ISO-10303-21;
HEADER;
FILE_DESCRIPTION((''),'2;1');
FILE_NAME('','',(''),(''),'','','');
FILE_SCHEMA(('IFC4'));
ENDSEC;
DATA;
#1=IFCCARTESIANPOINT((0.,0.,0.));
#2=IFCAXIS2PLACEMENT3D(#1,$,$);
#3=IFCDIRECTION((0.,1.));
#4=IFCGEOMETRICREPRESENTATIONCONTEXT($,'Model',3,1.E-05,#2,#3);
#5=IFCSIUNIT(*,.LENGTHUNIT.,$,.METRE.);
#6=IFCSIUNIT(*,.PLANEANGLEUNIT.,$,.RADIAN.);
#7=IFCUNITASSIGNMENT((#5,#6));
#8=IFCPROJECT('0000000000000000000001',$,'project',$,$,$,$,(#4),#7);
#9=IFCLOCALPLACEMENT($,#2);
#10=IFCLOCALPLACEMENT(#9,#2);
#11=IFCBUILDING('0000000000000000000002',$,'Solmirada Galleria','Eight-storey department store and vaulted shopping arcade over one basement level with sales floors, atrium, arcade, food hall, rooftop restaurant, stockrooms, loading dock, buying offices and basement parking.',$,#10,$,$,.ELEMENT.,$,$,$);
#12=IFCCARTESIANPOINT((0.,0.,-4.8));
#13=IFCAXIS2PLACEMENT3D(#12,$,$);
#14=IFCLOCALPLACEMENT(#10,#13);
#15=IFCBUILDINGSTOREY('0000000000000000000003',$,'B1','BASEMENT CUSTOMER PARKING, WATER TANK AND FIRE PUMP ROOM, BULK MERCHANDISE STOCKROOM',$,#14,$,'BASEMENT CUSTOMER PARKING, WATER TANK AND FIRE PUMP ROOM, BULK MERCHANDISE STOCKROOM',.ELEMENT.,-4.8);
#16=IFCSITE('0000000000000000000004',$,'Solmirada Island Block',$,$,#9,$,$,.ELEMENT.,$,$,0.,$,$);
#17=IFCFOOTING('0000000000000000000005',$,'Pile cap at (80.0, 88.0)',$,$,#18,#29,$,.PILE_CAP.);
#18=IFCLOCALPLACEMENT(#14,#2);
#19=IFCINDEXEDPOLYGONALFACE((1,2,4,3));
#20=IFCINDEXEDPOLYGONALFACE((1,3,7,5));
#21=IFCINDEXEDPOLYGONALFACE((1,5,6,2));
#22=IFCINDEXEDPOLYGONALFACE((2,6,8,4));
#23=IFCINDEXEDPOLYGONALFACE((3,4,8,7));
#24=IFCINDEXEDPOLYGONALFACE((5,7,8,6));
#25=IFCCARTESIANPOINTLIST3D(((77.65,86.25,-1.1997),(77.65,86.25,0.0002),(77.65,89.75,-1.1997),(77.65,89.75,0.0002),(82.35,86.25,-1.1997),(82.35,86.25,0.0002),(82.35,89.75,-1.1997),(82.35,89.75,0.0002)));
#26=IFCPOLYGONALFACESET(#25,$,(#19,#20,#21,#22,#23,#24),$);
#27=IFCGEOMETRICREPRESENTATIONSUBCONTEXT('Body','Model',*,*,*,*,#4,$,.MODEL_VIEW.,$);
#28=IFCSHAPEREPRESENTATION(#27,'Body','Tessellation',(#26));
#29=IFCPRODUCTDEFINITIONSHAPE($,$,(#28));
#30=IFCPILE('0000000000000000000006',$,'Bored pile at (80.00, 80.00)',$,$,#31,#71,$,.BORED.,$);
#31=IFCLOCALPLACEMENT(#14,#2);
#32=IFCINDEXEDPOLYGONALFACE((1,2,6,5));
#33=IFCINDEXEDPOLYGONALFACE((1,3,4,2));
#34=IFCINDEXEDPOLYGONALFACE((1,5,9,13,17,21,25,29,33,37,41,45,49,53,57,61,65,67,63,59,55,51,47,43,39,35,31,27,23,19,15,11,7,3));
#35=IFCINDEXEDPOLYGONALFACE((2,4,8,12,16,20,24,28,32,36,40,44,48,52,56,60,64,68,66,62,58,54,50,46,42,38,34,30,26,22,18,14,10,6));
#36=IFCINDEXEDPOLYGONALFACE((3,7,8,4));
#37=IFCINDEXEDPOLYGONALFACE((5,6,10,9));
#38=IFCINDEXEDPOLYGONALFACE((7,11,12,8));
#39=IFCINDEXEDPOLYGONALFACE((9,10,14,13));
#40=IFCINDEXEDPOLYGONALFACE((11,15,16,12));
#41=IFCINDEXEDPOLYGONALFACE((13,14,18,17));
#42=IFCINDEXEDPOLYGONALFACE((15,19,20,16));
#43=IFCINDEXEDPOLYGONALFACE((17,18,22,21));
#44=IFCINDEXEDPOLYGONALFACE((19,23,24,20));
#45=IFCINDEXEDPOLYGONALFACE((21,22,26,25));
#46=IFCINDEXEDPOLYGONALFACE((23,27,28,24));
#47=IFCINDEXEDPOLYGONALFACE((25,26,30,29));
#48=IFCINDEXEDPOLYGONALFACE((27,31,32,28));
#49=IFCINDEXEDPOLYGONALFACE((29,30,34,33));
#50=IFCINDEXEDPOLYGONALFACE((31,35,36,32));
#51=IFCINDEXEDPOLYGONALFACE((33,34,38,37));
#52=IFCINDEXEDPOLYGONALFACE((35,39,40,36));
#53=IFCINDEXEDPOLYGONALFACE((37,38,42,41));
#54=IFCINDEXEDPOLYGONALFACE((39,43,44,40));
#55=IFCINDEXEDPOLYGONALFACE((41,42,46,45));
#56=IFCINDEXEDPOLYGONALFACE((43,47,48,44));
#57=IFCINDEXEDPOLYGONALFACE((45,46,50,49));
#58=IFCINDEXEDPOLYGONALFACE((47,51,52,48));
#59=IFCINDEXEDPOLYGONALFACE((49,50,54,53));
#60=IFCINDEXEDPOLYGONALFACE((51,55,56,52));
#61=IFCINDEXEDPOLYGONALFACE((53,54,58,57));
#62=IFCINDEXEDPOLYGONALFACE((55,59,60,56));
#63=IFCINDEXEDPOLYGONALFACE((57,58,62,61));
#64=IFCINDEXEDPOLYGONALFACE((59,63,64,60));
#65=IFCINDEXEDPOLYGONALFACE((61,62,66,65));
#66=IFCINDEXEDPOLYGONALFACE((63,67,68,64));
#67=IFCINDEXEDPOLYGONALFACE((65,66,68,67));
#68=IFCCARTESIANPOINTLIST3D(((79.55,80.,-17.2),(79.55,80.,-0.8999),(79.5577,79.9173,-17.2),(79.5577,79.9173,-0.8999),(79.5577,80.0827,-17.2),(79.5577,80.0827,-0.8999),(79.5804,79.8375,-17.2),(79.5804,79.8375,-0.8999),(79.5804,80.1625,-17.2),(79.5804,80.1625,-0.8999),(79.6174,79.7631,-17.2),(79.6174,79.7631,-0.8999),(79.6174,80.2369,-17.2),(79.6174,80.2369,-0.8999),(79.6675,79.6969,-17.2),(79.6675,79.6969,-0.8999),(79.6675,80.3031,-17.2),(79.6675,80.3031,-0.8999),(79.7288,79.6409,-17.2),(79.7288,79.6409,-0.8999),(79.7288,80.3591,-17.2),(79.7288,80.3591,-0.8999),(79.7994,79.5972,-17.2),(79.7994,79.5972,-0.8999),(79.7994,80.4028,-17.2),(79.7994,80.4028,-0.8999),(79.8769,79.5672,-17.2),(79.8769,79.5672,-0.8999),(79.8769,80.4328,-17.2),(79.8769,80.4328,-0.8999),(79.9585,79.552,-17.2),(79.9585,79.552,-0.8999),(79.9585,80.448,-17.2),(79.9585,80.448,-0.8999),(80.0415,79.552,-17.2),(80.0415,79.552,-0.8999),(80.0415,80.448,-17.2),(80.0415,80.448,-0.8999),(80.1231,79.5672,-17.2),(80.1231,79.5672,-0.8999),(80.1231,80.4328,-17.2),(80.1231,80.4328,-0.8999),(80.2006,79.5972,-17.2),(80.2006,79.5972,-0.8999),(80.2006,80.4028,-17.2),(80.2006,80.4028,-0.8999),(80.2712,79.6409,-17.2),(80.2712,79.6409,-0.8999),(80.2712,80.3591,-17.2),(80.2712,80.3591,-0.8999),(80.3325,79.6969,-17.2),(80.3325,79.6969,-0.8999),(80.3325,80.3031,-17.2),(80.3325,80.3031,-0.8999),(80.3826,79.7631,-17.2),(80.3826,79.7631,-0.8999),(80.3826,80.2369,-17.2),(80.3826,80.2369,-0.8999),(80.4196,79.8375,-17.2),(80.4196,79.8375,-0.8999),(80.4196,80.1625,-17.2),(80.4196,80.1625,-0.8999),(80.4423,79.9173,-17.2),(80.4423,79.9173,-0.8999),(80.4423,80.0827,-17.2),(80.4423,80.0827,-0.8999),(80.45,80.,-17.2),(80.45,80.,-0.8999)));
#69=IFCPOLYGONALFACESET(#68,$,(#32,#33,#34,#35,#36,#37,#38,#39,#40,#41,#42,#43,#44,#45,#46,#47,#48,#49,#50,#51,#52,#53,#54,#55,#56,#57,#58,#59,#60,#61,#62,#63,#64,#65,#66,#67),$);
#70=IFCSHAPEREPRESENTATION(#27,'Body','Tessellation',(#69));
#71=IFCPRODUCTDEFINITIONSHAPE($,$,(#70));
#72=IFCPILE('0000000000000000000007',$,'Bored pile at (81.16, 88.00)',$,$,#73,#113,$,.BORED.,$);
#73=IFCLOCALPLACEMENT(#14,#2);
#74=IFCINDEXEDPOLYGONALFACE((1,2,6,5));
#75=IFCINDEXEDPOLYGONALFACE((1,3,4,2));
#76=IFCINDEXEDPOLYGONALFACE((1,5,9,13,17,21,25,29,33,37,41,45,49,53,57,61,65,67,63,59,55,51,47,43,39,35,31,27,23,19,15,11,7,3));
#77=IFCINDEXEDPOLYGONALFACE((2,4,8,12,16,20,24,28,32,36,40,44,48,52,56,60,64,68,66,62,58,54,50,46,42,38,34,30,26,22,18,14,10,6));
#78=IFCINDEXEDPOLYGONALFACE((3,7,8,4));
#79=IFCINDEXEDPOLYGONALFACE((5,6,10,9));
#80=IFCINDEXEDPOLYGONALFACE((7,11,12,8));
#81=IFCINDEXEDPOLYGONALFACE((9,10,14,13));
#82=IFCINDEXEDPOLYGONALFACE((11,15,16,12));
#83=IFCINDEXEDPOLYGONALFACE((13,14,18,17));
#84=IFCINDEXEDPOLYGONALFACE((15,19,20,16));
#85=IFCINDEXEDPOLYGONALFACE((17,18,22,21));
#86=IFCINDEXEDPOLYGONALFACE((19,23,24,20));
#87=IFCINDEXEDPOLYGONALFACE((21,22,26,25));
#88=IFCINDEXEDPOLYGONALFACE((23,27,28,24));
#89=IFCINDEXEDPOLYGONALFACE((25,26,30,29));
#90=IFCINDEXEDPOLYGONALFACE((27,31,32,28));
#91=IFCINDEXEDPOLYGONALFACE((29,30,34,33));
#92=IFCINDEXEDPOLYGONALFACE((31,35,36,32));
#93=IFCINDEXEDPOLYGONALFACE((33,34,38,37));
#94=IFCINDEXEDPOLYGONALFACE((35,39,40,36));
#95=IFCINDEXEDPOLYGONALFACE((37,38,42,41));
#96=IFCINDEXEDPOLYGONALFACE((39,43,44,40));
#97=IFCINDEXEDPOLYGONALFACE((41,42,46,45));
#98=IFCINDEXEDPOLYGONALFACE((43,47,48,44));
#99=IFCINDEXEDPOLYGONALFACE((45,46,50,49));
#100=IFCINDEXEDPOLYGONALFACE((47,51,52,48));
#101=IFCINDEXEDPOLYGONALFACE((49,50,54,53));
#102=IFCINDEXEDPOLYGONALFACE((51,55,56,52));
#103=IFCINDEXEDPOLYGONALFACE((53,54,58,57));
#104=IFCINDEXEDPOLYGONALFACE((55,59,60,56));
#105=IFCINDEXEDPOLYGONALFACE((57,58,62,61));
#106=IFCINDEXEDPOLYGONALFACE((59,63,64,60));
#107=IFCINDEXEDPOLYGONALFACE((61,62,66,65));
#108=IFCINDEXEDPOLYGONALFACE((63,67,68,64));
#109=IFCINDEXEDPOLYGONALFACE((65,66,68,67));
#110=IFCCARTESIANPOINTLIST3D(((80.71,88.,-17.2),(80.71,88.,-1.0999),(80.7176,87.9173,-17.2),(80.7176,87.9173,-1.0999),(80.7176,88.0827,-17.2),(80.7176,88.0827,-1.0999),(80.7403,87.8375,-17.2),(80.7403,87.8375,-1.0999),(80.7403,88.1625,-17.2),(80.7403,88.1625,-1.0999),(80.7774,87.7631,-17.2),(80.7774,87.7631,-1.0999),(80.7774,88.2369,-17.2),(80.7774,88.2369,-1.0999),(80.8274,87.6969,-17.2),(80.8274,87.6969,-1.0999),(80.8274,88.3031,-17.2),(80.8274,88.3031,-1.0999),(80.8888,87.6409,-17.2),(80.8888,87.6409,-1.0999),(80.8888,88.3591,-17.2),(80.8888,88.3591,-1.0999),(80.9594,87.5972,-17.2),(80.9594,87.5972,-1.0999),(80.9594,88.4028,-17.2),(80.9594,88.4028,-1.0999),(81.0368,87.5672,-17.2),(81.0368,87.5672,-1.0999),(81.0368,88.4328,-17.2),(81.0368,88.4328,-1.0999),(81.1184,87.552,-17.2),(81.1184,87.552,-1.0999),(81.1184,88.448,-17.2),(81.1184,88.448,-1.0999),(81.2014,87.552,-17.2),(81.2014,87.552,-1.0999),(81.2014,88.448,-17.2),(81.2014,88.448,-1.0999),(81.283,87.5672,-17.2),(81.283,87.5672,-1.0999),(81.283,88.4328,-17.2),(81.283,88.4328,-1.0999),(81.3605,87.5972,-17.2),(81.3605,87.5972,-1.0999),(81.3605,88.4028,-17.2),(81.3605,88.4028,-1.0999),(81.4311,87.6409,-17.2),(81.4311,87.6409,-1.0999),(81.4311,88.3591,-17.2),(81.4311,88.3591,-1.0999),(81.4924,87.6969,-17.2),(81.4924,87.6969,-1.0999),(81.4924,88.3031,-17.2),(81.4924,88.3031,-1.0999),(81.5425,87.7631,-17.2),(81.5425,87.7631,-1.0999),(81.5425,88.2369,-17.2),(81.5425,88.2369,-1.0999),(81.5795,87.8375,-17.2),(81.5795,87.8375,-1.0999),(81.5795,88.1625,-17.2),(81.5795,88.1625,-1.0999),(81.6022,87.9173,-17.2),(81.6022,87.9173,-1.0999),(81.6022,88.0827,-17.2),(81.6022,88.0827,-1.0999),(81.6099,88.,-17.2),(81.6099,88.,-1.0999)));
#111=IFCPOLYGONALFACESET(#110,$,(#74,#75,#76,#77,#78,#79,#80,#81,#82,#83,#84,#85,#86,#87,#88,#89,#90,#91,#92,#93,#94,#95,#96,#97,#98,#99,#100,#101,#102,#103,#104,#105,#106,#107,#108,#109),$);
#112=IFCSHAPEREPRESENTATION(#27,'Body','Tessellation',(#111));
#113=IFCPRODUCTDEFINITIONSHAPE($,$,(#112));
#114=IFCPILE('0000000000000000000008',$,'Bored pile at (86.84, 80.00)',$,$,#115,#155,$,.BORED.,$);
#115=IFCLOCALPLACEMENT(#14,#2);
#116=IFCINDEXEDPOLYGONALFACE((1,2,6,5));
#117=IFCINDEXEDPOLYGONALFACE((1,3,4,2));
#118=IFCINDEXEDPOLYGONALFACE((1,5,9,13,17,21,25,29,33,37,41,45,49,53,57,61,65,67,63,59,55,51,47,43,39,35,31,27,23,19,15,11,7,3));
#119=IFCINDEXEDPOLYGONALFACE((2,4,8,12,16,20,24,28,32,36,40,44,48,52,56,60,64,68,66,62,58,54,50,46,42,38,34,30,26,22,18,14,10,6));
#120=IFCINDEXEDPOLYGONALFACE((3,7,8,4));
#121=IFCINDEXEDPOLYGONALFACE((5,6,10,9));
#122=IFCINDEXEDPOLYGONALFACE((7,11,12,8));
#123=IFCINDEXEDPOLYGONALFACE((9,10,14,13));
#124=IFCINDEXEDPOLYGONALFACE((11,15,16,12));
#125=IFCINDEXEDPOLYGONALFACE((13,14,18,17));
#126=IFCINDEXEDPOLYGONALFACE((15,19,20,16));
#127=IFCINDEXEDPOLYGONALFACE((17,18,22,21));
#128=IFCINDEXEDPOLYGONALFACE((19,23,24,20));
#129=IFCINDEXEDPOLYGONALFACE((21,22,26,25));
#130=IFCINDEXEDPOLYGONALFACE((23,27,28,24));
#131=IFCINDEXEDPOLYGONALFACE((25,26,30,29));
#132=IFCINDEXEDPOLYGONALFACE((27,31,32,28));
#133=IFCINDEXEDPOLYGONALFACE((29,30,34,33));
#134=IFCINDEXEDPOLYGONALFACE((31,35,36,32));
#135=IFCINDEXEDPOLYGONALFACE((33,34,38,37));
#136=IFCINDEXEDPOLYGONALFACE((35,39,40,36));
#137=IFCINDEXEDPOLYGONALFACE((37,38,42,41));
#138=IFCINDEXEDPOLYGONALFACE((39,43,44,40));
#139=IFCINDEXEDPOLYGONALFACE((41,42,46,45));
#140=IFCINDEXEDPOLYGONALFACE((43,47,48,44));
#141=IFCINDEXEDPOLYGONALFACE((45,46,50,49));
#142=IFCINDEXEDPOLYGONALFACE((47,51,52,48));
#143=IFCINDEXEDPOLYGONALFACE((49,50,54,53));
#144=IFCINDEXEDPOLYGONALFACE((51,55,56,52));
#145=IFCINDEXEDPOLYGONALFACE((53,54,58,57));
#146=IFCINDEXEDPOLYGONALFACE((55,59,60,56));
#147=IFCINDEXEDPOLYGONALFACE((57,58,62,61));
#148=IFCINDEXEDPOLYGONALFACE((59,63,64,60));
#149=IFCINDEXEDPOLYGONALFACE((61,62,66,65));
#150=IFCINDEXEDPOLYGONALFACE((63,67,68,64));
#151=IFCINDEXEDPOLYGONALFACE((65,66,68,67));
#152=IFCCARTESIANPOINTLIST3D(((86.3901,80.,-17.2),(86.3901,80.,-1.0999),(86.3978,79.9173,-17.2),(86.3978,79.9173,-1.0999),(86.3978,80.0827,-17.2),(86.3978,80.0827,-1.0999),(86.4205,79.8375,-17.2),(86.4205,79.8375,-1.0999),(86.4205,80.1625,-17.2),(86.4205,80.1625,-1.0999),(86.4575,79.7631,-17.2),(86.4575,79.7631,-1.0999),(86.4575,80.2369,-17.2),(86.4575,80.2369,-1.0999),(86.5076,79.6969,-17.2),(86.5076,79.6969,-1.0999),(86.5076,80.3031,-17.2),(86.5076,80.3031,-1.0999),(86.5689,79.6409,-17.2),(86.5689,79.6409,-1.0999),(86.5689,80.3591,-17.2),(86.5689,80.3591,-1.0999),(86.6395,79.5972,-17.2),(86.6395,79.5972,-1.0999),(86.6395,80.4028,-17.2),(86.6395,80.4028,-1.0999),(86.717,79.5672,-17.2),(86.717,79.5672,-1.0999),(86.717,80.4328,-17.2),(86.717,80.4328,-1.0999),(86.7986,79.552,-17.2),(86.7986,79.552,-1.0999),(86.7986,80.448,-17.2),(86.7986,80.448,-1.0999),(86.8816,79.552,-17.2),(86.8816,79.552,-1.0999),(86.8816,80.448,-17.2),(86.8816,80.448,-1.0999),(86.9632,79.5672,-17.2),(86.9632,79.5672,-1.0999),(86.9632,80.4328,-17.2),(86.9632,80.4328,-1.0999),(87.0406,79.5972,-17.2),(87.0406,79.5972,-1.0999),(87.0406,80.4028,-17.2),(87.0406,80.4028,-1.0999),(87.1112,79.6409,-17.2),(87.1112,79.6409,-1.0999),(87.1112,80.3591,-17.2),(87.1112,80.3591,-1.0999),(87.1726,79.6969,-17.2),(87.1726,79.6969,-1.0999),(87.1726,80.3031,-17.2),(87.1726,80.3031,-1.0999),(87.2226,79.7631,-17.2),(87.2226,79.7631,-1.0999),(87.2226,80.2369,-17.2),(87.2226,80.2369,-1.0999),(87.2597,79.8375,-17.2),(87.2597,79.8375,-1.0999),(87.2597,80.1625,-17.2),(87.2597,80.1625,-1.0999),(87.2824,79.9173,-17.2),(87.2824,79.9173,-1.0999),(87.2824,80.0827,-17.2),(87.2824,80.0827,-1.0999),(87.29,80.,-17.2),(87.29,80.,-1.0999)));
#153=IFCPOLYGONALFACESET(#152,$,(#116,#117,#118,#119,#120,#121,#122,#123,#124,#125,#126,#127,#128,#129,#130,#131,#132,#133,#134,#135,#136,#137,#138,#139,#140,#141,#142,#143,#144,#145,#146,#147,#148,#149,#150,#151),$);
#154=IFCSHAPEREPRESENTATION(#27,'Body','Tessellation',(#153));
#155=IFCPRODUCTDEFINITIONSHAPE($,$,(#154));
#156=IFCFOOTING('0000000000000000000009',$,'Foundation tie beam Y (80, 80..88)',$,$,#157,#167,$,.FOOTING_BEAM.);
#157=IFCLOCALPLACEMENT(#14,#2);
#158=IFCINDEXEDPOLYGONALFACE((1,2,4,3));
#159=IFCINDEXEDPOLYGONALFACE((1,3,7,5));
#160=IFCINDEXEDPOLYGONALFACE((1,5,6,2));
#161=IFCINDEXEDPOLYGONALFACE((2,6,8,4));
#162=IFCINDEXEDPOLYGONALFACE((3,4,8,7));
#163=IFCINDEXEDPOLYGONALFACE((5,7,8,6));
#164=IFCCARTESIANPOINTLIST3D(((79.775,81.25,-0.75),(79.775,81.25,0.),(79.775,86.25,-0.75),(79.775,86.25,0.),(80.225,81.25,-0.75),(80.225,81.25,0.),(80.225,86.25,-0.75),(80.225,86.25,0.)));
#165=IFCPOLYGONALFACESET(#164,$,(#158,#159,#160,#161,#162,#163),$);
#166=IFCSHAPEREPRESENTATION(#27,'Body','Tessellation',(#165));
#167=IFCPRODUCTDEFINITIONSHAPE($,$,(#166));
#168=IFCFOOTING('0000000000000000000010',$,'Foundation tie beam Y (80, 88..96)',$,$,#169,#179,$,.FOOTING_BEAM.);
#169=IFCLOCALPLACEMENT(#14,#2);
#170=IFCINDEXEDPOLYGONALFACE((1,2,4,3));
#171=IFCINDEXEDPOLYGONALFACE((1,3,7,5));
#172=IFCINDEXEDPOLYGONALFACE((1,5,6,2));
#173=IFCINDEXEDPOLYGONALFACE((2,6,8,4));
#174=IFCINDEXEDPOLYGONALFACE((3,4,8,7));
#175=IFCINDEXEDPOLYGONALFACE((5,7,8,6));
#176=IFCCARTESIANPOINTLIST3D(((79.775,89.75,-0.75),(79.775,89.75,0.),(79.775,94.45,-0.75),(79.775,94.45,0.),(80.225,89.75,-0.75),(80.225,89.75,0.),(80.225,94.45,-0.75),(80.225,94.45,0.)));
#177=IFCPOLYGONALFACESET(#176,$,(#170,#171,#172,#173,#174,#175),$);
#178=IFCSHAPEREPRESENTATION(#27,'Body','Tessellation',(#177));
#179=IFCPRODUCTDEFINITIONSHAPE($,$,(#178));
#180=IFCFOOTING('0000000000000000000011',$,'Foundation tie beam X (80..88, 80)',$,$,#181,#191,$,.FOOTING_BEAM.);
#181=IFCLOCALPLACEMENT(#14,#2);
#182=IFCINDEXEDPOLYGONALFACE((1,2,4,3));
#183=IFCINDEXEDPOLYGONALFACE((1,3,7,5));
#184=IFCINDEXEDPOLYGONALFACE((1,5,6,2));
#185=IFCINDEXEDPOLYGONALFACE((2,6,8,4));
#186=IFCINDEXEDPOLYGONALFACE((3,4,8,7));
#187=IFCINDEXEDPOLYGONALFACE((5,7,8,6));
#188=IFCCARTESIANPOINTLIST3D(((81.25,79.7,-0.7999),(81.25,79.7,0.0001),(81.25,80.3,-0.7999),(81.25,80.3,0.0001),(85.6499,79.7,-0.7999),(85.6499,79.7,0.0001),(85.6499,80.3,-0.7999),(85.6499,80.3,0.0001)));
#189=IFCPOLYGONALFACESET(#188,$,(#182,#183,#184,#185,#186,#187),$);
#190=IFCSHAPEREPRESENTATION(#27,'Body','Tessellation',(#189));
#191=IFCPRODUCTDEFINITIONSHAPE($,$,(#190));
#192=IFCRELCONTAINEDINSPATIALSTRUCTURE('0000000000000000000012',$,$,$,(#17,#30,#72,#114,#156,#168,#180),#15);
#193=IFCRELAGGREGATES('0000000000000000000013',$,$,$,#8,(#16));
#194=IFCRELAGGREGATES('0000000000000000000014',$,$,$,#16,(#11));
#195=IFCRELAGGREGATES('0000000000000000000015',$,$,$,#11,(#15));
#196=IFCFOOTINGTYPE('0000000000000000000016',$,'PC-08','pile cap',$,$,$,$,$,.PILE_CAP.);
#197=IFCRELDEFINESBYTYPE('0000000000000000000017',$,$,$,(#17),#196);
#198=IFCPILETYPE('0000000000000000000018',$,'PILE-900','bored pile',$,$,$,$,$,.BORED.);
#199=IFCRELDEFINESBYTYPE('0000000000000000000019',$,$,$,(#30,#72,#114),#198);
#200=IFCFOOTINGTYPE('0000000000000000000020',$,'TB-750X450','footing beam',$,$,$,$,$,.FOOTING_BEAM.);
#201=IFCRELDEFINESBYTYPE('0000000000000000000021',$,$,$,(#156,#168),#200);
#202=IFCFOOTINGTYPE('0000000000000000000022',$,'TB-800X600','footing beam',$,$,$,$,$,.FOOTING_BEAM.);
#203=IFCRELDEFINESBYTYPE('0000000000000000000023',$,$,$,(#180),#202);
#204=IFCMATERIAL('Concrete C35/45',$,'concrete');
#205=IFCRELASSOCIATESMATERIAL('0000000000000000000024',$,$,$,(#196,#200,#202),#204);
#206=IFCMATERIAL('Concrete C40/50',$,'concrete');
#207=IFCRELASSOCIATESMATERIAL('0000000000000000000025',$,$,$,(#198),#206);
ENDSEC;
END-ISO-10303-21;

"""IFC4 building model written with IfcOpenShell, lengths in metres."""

from ifc_helpers import new_model, si_unit, direction, frame, origin, origin_2d, place, context, subcontext, project, spatial, rectangle, circle, extrude, material, material_profile, profile_set, type_object, element, save


model = new_model("IFC4")

# Units and contexts
model_context = context("Model", 3, precision=1e-05, world=origin(), true_north=direction((0.0, 1.0)))
body_context = subcontext(model_context, "Body", "Model", "MODEL_VIEW")
ifc_project = project(units=[si_unit("LENGTHUNIT", "METRE"), si_unit("PLANEANGLEUNIT", "RADIAN")], contexts=[model_context])

# Site, building, storey
site_placement = place(None, origin())
site = spatial("IfcSite", under=ifc_project, at=site_placement, Name="Solmirada Island Block", CompositionType="ELEMENT", RefElevation=0.0)
building_placement = place(site_placement, origin())
building = spatial("IfcBuilding", under=site, at=building_placement, Name="Solmirada Galleria", Description="Eight-storey department store and vaulted shopping arcade over one basement level with sales floors, atrium, arcade, food hall, rooftop restaurant, stockrooms, loading dock, buying offices and basement parking.", CompositionType="ELEMENT")
storey_placement = place(building_placement, frame((0.0, 0.0, -4.8)))
storey = spatial("IfcBuildingStorey", under=building, at=storey_placement, Name="B1", Description="BASEMENT CUSTOMER PARKING, WATER TANK AND FIRE PUMP ROOM, BULK MERCHANDISE STOCKROOM", LongName="BASEMENT CUSTOMER PARKING, WATER TANK AND FIRE PUMP ROOM, BULK MERCHANDISE STOCKROOM", CompositionType="ELEMENT", Elevation=-4.8)

# Footing
ifc_material_1 = material(Name="Concrete C35/45", Category="concrete")
footing_type_1 = type_object("IfcFootingType", Name="PC-08", Description="pile cap", PredefinedType="PILE_CAP", material=ifc_material_1)
footing_1_placement = place(storey_placement, frame((80.0, 88.0, -1.1997), z_axis=(0.0, 0.0, 1.0), x_axis=(1.0, 0.0, 0.0)))
element("IfcFooting", 1, at=footing_1_placement, inside=storey, type_object=footing_type_1, Name="Pile cap at (80.0, 88.0)", PredefinedType="PILE_CAP", context=body_context, shape_type="SweptSolid", body=[
    extrude(rectangle(XDim=4.7, YDim=3.5, at=origin_2d()), origin(), (0.0, 0.0, 1.0), 1.2),
])

# Piles
ifc_material_2 = material(Name="Concrete C40/50", Category="concrete")
ifc_material_profile_1 = material_profile(ifc_material_2, circle(Radius=0.45, at=origin_2d()), Name="PILE900")
ifc_profile_set_1 = profile_set([ifc_material_profile_1], Name="Concrete C40/50")
pile_type = type_object("IfcPileType", Name="PILE-900", Description="bored pile", PredefinedType="BORED", material=ifc_profile_set_1)
pile_placement = place(storey_placement, frame((80.0, 80.0, -0.8999), z_axis=(0.0, 0.0, -1.0), x_axis=(1.0, 0.0, 0.0)))
element("IfcPile", 2, at=pile_placement, inside=storey, type_object=pile_type, Name="Bored pile at (80.00, 80.00)", PredefinedType="BORED", context=body_context, shape_type="SweptSolid", body=[
    extrude(circle(Radius=0.45, at=origin_2d()), origin(), (0.0, 0.0, 1.0), 16.3),
])
for number, where, z_axis, x_axis, name in (
    (3, (81.1599, 88.0, -1.0999), (0.0, 0.0, -1.0), (1.0, 0.0, 0.0), "Bored pile at (81.16, 88.00)"),
    (4, (86.8401, 80.0, -1.0999), (0.0, 0.0, -1.0), (1.0, 0.0, 0.0), "Bored pile at (86.84, 80.00)"),
):
    element("IfcPile", number, at=place(storey_placement, frame(where, z_axis=z_axis, x_axis=x_axis)), inside=storey, type_object=pile_type, Name=name, PredefinedType="BORED", context=body_context, shape_type="SweptSolid", body=[
        extrude(circle(Radius=0.45, at=origin_2d()), origin(), (0.0, 0.0, 1.0), 16.1001),
    ])

# Footings
ifc_material_profile_2 = material_profile(ifc_material_1, rectangle(XDim=0.45, YDim=0.75, at=origin_2d()), Name="RC750X450")
ifc_profile_set_2 = profile_set([ifc_material_profile_2], Name="Concrete C35/45")
footing_type_2 = type_object("IfcFootingType", Name="TB-750X450", Description="footing beam", PredefinedType="FOOTING_BEAM", material=ifc_profile_set_2)
footing_2_placement = place(storey_placement, frame((80.0, 81.25, -0.375), z_axis=(0.0, 1.0, 0.0), x_axis=(-1.0, 0.0, 0.0)))
element("IfcFooting", 5, at=footing_2_placement, inside=storey, type_object=footing_type_2, Name="Foundation tie beam Y (80, 80..88)", PredefinedType="FOOTING_BEAM", context=body_context, shape_type="SweptSolid", body=[
    extrude(rectangle(XDim=0.45, YDim=0.75, at=origin_2d()), origin(), (0.0, 0.0, 1.0), 5.0),
])
footing_3_placement = place(storey_placement, frame((80.0, 89.75, -0.375), z_axis=(0.0, 1.0, 0.0), x_axis=(-1.0, 0.0, 0.0)))
element("IfcFooting", 6, at=footing_3_placement, inside=storey, type_object=footing_type_2, Name="Foundation tie beam Y (80, 88..96)", PredefinedType="FOOTING_BEAM", context=body_context, shape_type="SweptSolid", body=[
    extrude(rectangle(XDim=0.45, YDim=0.75, at=origin_2d()), origin(), (0.0, 0.0, 1.0), 4.7),
])
ifc_material_profile_3 = material_profile(ifc_material_1, rectangle(XDim=0.6001, YDim=0.8, at=origin_2d()), Name="RC800X600")
ifc_profile_set_3 = profile_set([ifc_material_profile_3], Name="Concrete C35/45")
footing_type_3 = type_object("IfcFootingType", Name="TB-800X600", Description="footing beam", PredefinedType="FOOTING_BEAM", material=ifc_profile_set_3)
footing_4_placement = place(storey_placement, frame((81.25, 80.0, -0.3999), z_axis=(1.0, 0.0, 0.0), x_axis=(0.0, 1.0, 0.0)))
element("IfcFooting", 7, at=footing_4_placement, inside=storey, type_object=footing_type_3, Name="Foundation tie beam X (80..88, 80)", PredefinedType="FOOTING_BEAM", context=body_context, shape_type="SweptSolid", body=[
    extrude(rectangle(XDim=0.6001, YDim=0.8, at=origin_2d()), origin(), (0.0, 0.0, 1.0), 4.3999),
])

save(model, "model.ifc")
